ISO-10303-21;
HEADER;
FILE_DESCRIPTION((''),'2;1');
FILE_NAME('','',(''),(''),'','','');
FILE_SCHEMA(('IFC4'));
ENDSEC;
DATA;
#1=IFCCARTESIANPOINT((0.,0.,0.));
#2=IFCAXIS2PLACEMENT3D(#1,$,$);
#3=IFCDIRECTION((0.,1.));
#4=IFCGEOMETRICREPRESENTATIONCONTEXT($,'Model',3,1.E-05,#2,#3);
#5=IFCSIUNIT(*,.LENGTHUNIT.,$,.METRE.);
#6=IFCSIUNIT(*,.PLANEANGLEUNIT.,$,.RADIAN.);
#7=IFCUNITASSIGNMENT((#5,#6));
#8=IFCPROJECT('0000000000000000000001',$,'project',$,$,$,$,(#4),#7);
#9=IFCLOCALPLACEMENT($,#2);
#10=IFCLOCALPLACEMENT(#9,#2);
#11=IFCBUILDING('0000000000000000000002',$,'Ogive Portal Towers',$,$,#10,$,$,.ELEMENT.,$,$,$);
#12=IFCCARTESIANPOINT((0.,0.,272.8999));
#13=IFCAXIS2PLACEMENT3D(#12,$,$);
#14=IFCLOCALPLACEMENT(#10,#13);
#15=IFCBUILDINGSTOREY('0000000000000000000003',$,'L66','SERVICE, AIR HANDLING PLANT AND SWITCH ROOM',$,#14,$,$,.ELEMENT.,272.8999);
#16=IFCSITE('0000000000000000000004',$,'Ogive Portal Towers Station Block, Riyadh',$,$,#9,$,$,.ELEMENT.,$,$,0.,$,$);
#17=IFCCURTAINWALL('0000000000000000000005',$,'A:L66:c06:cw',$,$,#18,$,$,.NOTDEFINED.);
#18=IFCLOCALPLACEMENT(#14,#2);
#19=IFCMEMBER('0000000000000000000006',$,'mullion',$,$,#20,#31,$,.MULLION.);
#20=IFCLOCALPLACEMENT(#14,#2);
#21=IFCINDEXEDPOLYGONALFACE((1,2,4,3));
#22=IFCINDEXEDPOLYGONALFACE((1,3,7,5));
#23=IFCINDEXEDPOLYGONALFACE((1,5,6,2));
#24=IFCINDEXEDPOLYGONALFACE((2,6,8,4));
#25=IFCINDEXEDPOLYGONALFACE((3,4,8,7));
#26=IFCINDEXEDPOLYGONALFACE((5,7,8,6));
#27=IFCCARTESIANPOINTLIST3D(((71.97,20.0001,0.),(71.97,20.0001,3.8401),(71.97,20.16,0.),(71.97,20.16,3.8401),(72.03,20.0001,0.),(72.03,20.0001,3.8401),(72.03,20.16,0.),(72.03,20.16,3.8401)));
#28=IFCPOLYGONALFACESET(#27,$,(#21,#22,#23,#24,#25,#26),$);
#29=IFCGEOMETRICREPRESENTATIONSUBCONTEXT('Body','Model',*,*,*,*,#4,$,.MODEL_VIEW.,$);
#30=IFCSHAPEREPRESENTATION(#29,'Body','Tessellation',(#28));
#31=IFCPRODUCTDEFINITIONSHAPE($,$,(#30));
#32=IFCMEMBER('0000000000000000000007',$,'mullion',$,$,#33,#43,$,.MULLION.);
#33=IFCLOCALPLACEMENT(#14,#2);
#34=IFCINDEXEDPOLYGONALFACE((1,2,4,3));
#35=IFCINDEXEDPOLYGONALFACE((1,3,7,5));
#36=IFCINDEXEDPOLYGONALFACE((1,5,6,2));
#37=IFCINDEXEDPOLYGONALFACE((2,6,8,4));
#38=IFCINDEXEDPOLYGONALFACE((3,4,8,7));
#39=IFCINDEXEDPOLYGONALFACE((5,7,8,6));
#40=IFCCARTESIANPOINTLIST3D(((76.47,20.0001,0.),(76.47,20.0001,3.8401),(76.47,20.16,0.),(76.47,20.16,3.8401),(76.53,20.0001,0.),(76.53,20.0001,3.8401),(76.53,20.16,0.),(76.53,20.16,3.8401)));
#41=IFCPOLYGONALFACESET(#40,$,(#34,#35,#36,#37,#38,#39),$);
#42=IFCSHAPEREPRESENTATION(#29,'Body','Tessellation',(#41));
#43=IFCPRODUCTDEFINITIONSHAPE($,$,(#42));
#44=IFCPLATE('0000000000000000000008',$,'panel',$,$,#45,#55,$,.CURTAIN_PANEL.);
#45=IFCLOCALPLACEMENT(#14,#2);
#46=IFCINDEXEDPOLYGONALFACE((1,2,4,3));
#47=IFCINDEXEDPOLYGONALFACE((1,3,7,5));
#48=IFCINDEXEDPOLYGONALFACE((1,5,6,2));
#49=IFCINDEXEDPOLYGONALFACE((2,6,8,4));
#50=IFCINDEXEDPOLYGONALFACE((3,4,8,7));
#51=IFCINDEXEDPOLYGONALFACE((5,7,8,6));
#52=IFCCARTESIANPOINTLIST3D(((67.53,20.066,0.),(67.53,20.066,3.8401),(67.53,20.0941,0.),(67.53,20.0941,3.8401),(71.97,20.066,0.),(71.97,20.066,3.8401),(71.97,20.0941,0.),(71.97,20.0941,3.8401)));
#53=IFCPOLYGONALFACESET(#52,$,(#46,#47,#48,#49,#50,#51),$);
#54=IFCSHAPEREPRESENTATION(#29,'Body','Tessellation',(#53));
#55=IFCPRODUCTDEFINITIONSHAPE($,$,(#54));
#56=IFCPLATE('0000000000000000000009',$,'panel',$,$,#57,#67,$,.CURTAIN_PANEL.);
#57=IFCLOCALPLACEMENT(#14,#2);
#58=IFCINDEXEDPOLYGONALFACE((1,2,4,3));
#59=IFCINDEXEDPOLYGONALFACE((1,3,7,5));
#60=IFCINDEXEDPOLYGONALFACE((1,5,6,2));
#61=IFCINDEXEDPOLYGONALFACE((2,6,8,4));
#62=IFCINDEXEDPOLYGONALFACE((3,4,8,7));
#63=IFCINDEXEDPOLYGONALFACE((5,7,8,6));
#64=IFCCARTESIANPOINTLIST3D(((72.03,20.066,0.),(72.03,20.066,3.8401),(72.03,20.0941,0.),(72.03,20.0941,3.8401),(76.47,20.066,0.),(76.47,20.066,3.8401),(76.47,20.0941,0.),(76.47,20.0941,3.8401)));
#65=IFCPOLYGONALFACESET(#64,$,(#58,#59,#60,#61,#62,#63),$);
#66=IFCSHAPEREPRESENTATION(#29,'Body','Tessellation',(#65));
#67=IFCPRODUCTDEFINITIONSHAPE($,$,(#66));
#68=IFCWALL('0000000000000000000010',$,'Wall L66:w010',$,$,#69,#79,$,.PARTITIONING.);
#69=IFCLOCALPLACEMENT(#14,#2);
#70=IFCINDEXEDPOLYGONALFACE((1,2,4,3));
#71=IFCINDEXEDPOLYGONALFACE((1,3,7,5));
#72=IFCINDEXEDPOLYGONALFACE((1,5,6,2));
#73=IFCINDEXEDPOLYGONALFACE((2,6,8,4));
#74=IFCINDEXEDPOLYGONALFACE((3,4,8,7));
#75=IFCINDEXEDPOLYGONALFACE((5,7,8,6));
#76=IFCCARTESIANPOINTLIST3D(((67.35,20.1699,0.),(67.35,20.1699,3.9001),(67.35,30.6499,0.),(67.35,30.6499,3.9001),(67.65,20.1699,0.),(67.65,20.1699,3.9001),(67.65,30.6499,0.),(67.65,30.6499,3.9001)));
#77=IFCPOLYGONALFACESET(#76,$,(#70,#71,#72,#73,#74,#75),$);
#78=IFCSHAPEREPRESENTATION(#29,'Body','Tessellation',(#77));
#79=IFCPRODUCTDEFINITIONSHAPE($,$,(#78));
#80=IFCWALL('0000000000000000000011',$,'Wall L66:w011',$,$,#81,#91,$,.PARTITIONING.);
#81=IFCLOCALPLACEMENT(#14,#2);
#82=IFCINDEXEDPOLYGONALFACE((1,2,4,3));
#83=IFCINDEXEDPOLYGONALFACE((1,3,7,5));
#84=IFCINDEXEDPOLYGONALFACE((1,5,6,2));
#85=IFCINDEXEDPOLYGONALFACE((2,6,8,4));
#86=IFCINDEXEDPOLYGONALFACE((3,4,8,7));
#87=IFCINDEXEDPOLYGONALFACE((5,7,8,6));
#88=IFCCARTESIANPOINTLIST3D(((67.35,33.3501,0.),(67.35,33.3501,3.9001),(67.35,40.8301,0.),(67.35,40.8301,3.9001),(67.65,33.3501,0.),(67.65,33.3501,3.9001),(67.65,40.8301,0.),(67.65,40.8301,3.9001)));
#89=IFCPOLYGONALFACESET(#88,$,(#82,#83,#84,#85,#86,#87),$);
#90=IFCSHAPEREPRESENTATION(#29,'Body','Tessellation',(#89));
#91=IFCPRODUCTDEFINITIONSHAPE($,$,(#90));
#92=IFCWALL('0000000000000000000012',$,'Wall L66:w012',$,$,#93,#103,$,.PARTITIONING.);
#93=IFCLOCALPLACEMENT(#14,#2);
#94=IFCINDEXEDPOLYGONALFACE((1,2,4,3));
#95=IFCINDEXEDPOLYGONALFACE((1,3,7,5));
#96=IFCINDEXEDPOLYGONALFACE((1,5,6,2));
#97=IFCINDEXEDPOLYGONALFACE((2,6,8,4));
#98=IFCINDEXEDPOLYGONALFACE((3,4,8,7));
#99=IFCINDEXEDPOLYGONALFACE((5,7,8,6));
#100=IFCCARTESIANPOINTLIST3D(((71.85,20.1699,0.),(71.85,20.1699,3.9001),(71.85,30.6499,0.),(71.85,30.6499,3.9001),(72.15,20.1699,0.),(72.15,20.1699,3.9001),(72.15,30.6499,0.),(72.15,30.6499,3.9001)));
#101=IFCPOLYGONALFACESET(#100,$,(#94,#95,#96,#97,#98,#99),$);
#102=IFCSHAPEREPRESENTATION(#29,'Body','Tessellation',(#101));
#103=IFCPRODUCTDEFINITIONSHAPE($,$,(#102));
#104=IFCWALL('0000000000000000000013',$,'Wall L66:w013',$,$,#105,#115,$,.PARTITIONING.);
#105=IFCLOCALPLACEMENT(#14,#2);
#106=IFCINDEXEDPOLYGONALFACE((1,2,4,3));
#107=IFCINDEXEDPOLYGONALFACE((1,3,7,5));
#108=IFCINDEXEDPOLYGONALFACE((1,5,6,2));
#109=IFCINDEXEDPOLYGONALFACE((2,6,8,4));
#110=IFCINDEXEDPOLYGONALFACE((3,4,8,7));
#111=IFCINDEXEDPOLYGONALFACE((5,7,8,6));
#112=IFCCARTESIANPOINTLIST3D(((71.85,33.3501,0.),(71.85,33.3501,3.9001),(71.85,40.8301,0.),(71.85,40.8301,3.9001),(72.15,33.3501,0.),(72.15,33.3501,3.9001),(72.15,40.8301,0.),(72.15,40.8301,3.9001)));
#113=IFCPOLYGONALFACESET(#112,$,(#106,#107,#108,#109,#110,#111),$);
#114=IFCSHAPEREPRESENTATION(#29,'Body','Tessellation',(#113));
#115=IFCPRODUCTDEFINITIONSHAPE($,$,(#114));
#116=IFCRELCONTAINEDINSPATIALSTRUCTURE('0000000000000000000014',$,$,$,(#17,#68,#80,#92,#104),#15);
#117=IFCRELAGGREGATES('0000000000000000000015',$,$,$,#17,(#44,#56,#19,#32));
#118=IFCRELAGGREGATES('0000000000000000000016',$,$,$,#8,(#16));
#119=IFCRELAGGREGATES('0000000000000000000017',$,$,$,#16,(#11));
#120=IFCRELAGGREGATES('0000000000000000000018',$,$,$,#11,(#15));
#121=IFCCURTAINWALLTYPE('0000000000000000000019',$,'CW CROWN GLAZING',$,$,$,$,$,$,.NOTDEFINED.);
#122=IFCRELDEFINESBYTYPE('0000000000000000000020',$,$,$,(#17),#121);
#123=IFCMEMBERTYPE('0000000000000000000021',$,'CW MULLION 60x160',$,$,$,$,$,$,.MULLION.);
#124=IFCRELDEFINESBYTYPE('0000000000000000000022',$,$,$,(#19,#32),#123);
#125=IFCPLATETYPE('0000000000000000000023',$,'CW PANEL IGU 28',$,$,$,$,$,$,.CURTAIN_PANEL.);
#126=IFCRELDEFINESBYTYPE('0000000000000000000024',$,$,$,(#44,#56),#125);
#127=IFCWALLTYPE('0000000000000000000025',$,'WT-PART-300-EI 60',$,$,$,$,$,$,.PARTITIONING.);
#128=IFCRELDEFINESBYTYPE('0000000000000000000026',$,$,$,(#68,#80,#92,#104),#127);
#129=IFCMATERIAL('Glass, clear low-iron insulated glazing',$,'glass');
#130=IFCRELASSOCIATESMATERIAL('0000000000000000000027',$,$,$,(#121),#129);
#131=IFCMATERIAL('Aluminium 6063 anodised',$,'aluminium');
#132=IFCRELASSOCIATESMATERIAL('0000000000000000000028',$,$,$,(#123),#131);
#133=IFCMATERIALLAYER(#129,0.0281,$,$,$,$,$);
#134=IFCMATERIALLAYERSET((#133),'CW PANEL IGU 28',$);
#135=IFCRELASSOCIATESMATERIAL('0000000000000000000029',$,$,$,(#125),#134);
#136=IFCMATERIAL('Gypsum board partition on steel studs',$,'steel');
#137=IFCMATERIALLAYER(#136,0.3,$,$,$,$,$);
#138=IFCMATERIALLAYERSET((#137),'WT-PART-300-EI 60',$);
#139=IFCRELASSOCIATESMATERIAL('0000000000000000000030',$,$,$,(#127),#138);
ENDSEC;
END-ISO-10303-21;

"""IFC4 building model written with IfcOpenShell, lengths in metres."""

from ifc_helpers import new_model, si_unit, direction, frame, frame_2d, origin, origin_2d, place, context, subcontext, project, spatial, rectangle, extrude, material, layer, layer_set, material_profile, profile_set, type_object, element, aggregate, save


model = new_model("IFC4")

# Units and contexts
model_context = context("Model", 3, precision=1e-05, world=origin(), true_north=direction((0.0, 1.0)))
body_context = subcontext(model_context, "Body", "Model", "MODEL_VIEW")
ifc_project = project(units=[si_unit("LENGTHUNIT", "METRE"), si_unit("PLANEANGLEUNIT", "RADIAN")], contexts=[model_context])

# Site, building, storey
site_placement = place(None, origin())
site = spatial("IfcSite", under=ifc_project, at=site_placement, Name="Ogive Portal Towers Station Block, Riyadh", CompositionType="ELEMENT", RefElevation=0.0)
building_placement = place(site_placement, origin())
building = spatial("IfcBuilding", under=site, at=building_placement, Name="Ogive Portal Towers", CompositionType="ELEMENT")
storey_placement = place(building_placement, frame((0.0, 0.0, 272.8999)))
storey = spatial("IfcBuildingStorey", under=building, at=storey_placement, Name="L66", Description="SERVICE, AIR HANDLING PLANT AND SWITCH ROOM", CompositionType="ELEMENT", Elevation=272.8999)

# Curtain wall, members, plates
ifc_material_1 = material(Name="Glass, clear low-iron insulated glazing", Category="glass")
curtain_wall_type = type_object("IfcCurtainWallType", Name="CW CROWN GLAZING", PredefinedType="NOTDEFINED", material=ifc_material_1)
curtain_wall_placement = place(storey_placement, origin())
curtain_wall = element("IfcCurtainWall", 1, at=curtain_wall_placement, inside=storey, type_object=curtain_wall_type, Name="A:L66:c06:cw", PredefinedType="NOTDEFINED")
ifc_material_2 = material(Name="Aluminium 6063 anodised", Category="aluminium")
ifc_material_profile_1 = material_profile(ifc_material_2, rectangle(XDim=0.1599, YDim=0.0601, at=origin_2d()), Name="AL 60x160")
ifc_profile_set_1 = profile_set([ifc_material_profile_1], Name="Aluminium 6063 anodised")
member_type = type_object("IfcMemberType", Name="CW MULLION 60x160", PredefinedType="MULLION", material=ifc_profile_set_1)
member_1_placement = place(storey_placement, frame((72.0, 20.0801, 0.0), z_axis=(0.0, 0.0, 1.0), x_axis=(0.0, 1.0, 0.0)))
member_1 = element("IfcMember", 2, at=member_1_placement, type_object=member_type, Name="mullion", PredefinedType="MULLION", context=body_context, shape_type="SweptSolid", body=[
    extrude(rectangle(XDim=0.1599, YDim=0.0601, at=origin_2d()), origin(), (0.0, 0.0, 1.0), 3.8401),
])
member_2_placement = place(storey_placement, frame((76.5, 20.0801, 0.0), z_axis=(0.0, 0.0, 1.0), x_axis=(0.0, 1.0, 0.0)))
member_2 = element("IfcMember", 3, at=member_2_placement, type_object=member_type, Name="mullion", PredefinedType="MULLION", context=body_context, shape_type="SweptSolid", body=[
    extrude(rectangle(XDim=0.1599, YDim=0.0601, at=origin_2d()), origin(), (0.0, 0.0, 1.0), 3.8401),
])
ifc_layer_1 = layer(ifc_material_1, 0.0281)
ifc_layer_set_1 = layer_set([ifc_layer_1], Name="CW PANEL IGU 28")
plate_type = type_object("IfcPlateType", Name="CW PANEL IGU 28", PredefinedType="CURTAIN_PANEL", material=ifc_layer_set_1)
plate_1_placement = place(storey_placement, frame((69.75, 20.0801, 0.0), z_axis=(0.0, 0.0, 1.0), x_axis=(1.0, 0.0, 0.0)))
plate_1 = element("IfcPlate", 4, at=plate_1_placement, type_object=plate_type, Name="panel", PredefinedType="CURTAIN_PANEL", context=body_context, shape_type="SweptSolid", body=[
    extrude(rectangle(XDim=4.4399, YDim=0.0281, at=origin_2d()), origin(), (0.0, 0.0, 1.0), 3.8401),
])
plate_2_placement = place(storey_placement, frame((74.25, 20.0801, 0.0), z_axis=(0.0, 0.0, 1.0), x_axis=(1.0, 0.0, 0.0)))
plate_2 = element("IfcPlate", 5, at=plate_2_placement, type_object=plate_type, Name="panel", PredefinedType="CURTAIN_PANEL", context=body_context, shape_type="SweptSolid", body=[
    extrude(rectangle(XDim=4.4399, YDim=0.0281, at=origin_2d()), origin(), (0.0, 0.0, 1.0), 3.8401),
])
aggregate(curtain_wall, [plate_1, plate_2, member_1, member_2])

# Walls
ifc_material_3 = material(Name="Gypsum board partition on steel studs", Category="steel")
ifc_layer_2 = layer(ifc_material_3, 0.3)
ifc_layer_set_2 = layer_set([ifc_layer_2], Name="WT-PART-300-EI 60")
wall_type = type_object("IfcWallType", Name="WT-PART-300-EI 60", PredefinedType="PARTITIONING", material=ifc_layer_set_2)
wall_1_placement = place(storey_placement, frame((67.5, 20.1699, 0.0), z_axis=(0.0, 0.0, 1.0), x_axis=(0.0, 1.0, 0.0)))
element("IfcWall", 6, at=wall_1_placement, inside=storey, type_object=wall_type, Name="Wall L66:w010", PredefinedType="PARTITIONING", context=body_context, shape_type="SweptSolid", body=[
    extrude(rectangle(XDim=10.48, YDim=0.3, at=frame_2d((5.24, 0.0))), origin(), (0.0, 0.0, 1.0), 3.9001),
])
wall_2_placement = place(storey_placement, frame((67.5, 33.3501, 0.0), z_axis=(0.0, 0.0, 1.0), x_axis=(0.0, 1.0, 0.0)))
element("IfcWall", 7, at=wall_2_placement, inside=storey, type_object=wall_type, Name="Wall L66:w011", PredefinedType="PARTITIONING", context=body_context, shape_type="SweptSolid", body=[
    extrude(rectangle(XDim=7.48, YDim=0.3, at=frame_2d((3.74, 0.0))), origin(), (0.0, 0.0, 1.0), 3.9001),
])
wall_3_placement = place(storey_placement, frame((72.0, 20.1699, 0.0), z_axis=(0.0, 0.0, 1.0), x_axis=(0.0, 1.0, 0.0)))
element("IfcWall", 8, at=wall_3_placement, inside=storey, type_object=wall_type, Name="Wall L66:w012", PredefinedType="PARTITIONING", context=body_context, shape_type="SweptSolid", body=[
    extrude(rectangle(XDim=10.48, YDim=0.3, at=frame_2d((5.24, 0.0))), origin(), (0.0, 0.0, 1.0), 3.9001),
])
wall_4_placement = place(storey_placement, frame((72.0, 33.3501, 0.0), z_axis=(0.0, 0.0, 1.0), x_axis=(0.0, 1.0, 0.0)))
element("IfcWall", 9, at=wall_4_placement, inside=storey, type_object=wall_type, Name="Wall L66:w013", PredefinedType="PARTITIONING", context=body_context, shape_type="SweptSolid", body=[
    extrude(rectangle(XDim=7.48, YDim=0.3, at=frame_2d((3.74, 0.0))), origin(), (0.0, 0.0, 1.0), 3.9001),
])

save(model, "model.ifc")
